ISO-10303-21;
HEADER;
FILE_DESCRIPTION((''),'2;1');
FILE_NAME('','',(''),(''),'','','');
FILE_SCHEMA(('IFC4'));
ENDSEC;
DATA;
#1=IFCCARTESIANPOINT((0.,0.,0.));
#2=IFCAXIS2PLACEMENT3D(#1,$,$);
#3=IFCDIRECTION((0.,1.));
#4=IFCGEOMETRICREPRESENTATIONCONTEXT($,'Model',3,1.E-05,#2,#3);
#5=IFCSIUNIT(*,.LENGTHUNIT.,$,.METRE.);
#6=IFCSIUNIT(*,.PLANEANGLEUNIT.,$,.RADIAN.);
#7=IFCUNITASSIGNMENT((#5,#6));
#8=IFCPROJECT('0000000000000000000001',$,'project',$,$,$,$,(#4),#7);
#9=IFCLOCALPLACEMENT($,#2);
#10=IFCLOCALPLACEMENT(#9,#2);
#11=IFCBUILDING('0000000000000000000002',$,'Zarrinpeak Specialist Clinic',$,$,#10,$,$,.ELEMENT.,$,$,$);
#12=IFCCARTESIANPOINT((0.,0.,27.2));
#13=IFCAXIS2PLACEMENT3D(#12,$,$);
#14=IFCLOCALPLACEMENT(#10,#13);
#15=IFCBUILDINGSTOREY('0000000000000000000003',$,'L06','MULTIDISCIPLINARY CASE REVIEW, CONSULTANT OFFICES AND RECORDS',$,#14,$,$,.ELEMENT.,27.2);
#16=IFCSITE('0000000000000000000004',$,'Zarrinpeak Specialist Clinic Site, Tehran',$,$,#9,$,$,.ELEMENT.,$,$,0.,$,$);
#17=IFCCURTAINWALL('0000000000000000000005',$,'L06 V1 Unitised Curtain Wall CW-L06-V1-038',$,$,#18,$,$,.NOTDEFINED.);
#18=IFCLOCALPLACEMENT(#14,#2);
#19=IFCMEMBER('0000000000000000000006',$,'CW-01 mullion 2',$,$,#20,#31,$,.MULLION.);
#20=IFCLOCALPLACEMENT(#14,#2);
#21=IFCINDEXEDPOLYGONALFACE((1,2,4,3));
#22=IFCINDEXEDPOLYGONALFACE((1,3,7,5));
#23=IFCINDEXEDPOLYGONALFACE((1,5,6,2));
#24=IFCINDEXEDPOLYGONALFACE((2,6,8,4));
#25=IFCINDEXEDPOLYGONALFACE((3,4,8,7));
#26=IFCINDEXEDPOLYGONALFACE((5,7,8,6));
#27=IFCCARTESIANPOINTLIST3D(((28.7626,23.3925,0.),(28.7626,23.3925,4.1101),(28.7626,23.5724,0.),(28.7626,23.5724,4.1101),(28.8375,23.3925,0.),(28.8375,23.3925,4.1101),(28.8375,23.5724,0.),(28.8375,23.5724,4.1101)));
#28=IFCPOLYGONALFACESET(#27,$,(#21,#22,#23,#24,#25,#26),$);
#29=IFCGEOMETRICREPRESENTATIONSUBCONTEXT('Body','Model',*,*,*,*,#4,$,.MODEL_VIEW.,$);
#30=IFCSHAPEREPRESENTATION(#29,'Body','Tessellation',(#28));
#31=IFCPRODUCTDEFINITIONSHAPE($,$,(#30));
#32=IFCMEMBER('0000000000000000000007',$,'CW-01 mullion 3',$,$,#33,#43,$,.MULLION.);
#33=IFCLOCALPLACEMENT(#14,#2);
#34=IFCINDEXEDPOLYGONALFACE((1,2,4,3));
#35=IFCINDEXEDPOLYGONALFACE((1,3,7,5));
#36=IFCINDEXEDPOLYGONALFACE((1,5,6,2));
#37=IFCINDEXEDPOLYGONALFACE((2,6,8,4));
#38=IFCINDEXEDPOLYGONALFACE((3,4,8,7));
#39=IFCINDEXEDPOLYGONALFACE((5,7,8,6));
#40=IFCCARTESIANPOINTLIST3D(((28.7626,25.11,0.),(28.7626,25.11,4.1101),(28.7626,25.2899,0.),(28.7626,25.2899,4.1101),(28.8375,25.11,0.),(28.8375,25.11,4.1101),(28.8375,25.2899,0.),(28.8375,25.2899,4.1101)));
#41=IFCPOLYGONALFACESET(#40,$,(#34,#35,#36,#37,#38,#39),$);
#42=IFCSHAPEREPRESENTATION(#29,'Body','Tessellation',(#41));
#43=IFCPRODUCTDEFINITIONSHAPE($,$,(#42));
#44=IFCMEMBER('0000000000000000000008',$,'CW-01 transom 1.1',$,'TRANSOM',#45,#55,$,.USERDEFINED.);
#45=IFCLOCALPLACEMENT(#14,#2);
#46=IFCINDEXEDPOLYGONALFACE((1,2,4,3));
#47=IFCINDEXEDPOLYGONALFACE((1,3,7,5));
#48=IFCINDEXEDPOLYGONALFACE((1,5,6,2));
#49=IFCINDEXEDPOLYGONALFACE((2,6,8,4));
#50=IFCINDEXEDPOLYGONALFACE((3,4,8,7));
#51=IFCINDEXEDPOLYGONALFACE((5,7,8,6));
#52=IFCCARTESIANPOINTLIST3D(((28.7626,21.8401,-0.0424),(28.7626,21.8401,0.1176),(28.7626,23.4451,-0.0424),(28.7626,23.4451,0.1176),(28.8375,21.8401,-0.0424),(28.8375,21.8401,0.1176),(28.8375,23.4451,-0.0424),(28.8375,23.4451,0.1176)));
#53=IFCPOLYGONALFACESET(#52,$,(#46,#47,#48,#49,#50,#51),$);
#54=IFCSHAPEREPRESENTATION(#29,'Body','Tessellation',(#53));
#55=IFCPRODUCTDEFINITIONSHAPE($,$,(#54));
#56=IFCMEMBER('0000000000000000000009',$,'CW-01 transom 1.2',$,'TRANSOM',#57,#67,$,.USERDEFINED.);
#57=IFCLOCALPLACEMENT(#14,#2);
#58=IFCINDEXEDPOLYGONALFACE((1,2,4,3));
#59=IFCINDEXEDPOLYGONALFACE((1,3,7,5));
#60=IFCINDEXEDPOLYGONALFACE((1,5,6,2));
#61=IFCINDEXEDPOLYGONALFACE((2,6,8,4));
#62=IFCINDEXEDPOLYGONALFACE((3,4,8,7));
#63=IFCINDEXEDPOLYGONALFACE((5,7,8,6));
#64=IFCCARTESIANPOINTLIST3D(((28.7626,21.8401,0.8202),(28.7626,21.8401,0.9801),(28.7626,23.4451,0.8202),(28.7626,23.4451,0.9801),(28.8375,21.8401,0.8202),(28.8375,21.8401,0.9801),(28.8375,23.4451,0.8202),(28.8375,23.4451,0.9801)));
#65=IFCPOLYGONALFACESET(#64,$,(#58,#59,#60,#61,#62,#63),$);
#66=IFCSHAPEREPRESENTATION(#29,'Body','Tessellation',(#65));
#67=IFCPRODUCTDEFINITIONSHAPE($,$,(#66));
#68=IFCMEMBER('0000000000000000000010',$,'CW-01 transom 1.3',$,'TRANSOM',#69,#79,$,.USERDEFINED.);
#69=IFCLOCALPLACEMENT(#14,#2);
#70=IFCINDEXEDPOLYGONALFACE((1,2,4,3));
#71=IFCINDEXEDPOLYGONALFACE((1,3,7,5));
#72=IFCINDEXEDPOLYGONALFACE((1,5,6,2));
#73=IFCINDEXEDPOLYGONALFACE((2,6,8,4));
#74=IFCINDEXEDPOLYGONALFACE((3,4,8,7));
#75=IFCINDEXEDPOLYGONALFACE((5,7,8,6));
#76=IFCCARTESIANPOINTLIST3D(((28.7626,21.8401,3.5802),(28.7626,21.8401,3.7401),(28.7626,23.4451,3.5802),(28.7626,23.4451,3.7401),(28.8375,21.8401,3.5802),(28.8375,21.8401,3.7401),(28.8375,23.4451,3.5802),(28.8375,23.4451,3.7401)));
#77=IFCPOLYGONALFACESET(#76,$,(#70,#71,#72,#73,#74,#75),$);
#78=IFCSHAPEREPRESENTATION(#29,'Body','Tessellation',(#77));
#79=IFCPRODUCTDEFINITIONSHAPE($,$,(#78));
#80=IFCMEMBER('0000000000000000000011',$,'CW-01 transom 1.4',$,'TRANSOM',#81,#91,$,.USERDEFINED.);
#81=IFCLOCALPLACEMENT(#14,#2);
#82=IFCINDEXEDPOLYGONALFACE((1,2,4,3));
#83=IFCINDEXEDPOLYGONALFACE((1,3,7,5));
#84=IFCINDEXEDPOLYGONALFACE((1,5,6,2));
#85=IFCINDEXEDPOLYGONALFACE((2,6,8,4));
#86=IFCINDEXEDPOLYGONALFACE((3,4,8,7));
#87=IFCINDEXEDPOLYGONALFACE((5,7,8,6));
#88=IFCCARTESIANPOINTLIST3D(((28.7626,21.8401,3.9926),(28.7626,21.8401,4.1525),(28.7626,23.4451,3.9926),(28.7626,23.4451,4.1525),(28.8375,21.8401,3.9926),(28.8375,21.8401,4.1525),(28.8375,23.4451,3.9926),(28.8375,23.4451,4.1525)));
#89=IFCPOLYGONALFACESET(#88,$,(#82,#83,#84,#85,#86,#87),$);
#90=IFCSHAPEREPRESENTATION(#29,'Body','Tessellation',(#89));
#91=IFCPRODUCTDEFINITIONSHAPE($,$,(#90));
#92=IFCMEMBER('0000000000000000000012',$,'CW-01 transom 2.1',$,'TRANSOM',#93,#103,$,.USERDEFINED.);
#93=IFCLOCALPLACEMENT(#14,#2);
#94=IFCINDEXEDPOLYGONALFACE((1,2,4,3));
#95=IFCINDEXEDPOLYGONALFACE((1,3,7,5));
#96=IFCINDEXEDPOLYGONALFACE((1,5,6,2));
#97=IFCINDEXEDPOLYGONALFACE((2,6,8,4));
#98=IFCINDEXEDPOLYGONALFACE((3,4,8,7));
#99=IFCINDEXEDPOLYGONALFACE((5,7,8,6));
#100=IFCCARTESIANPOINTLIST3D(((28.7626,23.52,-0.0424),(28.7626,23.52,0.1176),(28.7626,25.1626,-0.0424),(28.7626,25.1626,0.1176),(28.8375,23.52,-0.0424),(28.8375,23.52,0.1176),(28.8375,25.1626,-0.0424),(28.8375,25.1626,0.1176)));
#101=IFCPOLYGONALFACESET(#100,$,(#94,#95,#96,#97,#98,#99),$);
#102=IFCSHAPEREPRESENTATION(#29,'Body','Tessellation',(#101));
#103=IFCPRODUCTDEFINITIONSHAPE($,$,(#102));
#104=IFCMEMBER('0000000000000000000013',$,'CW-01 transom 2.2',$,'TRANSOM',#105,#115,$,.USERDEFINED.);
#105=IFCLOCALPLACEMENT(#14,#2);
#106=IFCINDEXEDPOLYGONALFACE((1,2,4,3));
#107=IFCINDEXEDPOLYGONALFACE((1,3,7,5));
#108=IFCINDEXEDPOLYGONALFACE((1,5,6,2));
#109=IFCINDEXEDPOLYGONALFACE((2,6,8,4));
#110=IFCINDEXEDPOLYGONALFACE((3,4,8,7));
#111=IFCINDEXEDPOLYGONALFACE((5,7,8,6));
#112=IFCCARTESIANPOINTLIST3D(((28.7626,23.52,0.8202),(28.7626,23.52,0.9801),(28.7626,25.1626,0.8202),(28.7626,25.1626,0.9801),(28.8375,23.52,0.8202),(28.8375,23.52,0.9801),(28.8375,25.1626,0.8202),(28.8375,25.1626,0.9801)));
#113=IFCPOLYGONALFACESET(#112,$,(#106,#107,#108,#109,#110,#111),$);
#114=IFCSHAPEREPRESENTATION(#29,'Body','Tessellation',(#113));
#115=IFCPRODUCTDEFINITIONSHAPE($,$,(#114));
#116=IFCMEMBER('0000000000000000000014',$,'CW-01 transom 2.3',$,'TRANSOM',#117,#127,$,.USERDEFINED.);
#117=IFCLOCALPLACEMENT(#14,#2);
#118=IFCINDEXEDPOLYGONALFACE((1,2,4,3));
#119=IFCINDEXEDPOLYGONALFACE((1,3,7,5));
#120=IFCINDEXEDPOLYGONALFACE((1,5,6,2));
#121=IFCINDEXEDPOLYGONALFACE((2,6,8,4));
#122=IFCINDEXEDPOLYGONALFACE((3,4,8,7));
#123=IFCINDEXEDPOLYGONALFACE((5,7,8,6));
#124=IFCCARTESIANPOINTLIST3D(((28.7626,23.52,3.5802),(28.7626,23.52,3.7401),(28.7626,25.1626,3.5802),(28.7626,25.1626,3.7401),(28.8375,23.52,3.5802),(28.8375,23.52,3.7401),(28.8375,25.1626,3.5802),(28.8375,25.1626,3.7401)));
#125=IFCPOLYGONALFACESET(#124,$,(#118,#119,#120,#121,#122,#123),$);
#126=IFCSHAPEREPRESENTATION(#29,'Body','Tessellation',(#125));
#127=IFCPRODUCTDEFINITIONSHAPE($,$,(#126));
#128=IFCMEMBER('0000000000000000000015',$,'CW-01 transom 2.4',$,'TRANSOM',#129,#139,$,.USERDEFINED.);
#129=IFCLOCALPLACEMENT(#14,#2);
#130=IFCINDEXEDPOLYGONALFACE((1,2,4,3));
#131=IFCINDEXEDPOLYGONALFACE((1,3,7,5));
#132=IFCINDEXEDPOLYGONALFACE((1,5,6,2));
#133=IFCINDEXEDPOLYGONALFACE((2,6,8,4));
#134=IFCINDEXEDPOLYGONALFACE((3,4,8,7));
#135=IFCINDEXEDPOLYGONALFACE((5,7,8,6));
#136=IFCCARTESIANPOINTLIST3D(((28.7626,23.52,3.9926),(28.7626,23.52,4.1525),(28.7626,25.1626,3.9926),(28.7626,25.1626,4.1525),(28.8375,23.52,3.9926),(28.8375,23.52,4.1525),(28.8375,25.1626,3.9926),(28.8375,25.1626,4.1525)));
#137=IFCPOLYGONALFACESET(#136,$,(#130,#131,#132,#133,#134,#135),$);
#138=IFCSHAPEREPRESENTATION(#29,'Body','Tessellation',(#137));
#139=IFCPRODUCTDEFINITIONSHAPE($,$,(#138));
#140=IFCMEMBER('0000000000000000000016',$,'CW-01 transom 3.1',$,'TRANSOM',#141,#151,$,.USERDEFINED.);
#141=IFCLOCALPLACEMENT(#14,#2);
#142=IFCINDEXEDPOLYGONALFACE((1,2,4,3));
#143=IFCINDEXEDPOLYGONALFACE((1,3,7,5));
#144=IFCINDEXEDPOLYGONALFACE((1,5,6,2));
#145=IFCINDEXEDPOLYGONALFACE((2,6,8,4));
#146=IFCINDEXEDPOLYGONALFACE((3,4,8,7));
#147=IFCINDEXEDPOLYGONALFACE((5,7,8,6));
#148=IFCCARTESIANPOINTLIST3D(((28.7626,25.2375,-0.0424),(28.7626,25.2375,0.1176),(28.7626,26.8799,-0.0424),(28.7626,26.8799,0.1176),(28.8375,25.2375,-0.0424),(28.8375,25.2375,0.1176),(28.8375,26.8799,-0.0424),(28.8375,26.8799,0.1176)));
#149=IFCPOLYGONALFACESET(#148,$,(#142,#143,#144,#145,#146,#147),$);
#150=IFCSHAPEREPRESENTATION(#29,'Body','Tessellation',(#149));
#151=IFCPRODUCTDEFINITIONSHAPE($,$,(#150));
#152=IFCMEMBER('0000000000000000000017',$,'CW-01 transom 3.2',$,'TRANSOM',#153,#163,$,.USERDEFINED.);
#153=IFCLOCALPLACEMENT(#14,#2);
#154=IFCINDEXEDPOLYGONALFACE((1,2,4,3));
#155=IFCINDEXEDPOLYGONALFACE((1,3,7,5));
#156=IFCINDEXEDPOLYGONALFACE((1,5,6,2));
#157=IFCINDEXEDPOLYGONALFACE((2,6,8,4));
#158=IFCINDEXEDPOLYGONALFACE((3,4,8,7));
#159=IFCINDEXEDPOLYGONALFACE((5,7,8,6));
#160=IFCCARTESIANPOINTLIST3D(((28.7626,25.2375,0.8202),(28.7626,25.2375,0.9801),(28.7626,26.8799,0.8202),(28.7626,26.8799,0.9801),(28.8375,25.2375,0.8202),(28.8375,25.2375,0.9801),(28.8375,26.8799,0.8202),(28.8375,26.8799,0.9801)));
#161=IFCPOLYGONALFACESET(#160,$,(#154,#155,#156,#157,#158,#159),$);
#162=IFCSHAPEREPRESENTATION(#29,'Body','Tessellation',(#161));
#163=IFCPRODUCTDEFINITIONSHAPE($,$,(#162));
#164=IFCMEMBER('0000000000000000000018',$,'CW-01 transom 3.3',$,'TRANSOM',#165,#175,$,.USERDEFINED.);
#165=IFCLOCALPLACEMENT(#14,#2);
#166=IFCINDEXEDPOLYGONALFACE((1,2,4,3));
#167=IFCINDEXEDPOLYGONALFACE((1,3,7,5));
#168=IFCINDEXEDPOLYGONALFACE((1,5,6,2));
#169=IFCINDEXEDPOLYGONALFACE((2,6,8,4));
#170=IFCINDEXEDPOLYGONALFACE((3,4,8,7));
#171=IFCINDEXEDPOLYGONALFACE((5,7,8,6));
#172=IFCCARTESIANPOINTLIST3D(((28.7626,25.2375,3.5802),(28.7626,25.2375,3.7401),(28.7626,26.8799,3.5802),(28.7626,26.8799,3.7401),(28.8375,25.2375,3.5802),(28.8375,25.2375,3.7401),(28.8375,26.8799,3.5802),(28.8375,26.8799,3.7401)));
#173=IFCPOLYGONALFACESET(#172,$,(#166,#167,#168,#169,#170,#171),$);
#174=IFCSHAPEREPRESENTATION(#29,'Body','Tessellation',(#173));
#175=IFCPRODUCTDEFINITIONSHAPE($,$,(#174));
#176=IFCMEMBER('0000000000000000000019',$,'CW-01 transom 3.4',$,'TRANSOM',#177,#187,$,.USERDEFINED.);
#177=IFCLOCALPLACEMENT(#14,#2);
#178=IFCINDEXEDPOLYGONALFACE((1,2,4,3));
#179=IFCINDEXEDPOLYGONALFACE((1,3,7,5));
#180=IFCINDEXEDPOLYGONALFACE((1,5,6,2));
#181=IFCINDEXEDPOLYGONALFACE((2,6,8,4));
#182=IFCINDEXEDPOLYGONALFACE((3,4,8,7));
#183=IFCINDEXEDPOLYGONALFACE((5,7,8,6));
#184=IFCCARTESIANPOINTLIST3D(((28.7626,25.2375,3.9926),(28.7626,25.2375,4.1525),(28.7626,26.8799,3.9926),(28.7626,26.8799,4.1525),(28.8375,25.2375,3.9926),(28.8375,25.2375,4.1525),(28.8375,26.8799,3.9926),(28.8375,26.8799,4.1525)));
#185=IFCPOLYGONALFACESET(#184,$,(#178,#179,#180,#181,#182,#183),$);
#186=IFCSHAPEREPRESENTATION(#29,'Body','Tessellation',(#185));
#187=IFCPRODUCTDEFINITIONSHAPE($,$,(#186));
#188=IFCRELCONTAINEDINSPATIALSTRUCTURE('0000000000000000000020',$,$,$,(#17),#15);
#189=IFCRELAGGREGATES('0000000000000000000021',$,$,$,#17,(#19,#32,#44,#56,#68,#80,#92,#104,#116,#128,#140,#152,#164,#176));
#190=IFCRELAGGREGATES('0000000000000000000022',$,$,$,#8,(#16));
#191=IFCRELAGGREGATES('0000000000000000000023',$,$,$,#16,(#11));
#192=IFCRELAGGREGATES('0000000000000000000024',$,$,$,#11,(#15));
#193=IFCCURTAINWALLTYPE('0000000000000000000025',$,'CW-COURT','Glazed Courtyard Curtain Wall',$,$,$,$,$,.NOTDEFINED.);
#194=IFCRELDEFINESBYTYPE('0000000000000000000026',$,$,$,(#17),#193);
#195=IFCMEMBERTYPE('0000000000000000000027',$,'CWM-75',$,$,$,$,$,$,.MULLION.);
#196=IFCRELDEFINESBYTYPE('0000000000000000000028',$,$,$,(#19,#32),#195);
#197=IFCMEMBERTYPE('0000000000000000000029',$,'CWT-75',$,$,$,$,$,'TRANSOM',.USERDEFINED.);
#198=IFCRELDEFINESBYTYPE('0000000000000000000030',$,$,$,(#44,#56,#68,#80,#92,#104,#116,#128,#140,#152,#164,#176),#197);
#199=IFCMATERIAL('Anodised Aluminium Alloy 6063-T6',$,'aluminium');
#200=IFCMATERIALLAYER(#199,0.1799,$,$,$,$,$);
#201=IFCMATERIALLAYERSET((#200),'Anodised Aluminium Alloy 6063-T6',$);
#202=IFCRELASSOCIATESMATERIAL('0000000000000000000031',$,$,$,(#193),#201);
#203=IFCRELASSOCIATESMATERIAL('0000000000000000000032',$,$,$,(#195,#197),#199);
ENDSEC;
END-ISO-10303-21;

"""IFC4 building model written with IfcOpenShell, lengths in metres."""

from ifc_helpers import new_model, si_unit, direction, frame, origin, origin_2d, place, context, subcontext, project, spatial, rectangle, extrude, material, layer, layer_set, material_profile, profile_set, type_object, element, aggregate, save


model = new_model("IFC4")

# Units and contexts
model_context = context("Model", 3, precision=1e-05, world=origin(), true_north=direction((0.0, 1.0)))
body_context = subcontext(model_context, "Body", "Model", "MODEL_VIEW")
ifc_project = project(units=[si_unit("LENGTHUNIT", "METRE"), si_unit("PLANEANGLEUNIT", "RADIAN")], contexts=[model_context])

# Site, building, storey
site_placement = place(None, origin())
site = spatial("IfcSite", under=ifc_project, at=site_placement, Name="Zarrinpeak Specialist Clinic Site, Tehran", CompositionType="ELEMENT", RefElevation=0.0)
building_placement = place(site_placement, origin())
building = spatial("IfcBuilding", under=site, at=building_placement, Name="Zarrinpeak Specialist Clinic", CompositionType="ELEMENT")
storey_placement = place(building_placement, frame((0.0, 0.0, 27.2)))
storey = spatial("IfcBuildingStorey", under=building, at=storey_placement, Name="L06", Description="MULTIDISCIPLINARY CASE REVIEW, CONSULTANT OFFICES AND RECORDS", CompositionType="ELEMENT", Elevation=27.2)

# Curtain wall, members
ifc_material_1 = material(Name="Anodised Aluminium Alloy 6063-T6", Category="aluminium")
ifc_layer_1 = layer(ifc_material_1, 0.1799)
ifc_layer_set_1 = layer_set([ifc_layer_1], Name="Anodised Aluminium Alloy 6063-T6")
curtain_wall_type = type_object("IfcCurtainWallType", Name="CW-COURT", Description="Glazed Courtyard Curtain Wall", PredefinedType="NOTDEFINED", material=ifc_layer_set_1)
curtain_wall_placement = place(storey_placement, origin())
curtain_wall = element("IfcCurtainWall", 1, at=curtain_wall_placement, inside=storey, type_object=curtain_wall_type, Name="L06 V1 Unitised Curtain Wall CW-L06-V1-038", PredefinedType="NOTDEFINED")
ifc_material_profile_1 = material_profile(ifc_material_1, rectangle(XDim=0.075, YDim=0.1799, at=origin_2d()), Name="ALU 75x180")
ifc_profile_set_1 = profile_set([ifc_material_profile_1], Name="Anodised Aluminium Alloy 6063-T6")
member_type_1 = type_object("IfcMemberType", Name="CWM-75", PredefinedType="MULLION", material=ifc_profile_set_1)
member_1_placement = place(storey_placement, frame((28.8, 23.4824, 0.0), z_axis=(0.0, 0.0, 1.0), x_axis=(-1.0, 0.0, 0.0)))
member_1 = element("IfcMember", 2, at=member_1_placement, type_object=member_type_1, Name="CW-01 mullion 2", PredefinedType="MULLION", context=body_context, shape_type="SweptSolid", body=[
    extrude(rectangle(XDim=0.075, YDim=0.1799, at=origin_2d()), origin(), (0.0, 0.0, 1.0), 4.1101),
])
member_2_placement = place(storey_placement, frame((28.8, 25.2, 0.0), z_axis=(0.0, 0.0, 1.0), x_axis=(-1.0, 0.0, 0.0)))
member_2 = element("IfcMember", 3, at=member_2_placement, type_object=member_type_1, Name="CW-01 mullion 3", PredefinedType="MULLION", context=body_context, shape_type="SweptSolid", body=[
    extrude(rectangle(XDim=0.075, YDim=0.1799, at=origin_2d()), origin(), (0.0, 0.0, 1.0), 4.1101),
])
ifc_material_profile_2 = material_profile(ifc_material_1, rectangle(XDim=0.075, YDim=0.1599, at=origin_2d()), Name="ALU 75x160")
ifc_profile_set_2 = profile_set([ifc_material_profile_2], Name="Anodised Aluminium Alloy 6063-T6")
member_type_2 = type_object("IfcMemberType", Name="CWT-75", ElementType="TRANSOM", PredefinedType="USERDEFINED", material=ifc_profile_set_2)
member_3_placement = place(storey_placement, frame((28.8, 21.8401, 0.0376), z_axis=(0.0, 1.0, 0.0), x_axis=(-1.0, 0.0, 0.0)))
member_3 = element("IfcMember", 4, at=member_3_placement, type_object=member_type_2, Name="CW-01 transom 1.1", ObjectType="TRANSOM", PredefinedType="USERDEFINED", context=body_context, shape_type="SweptSolid", body=[
    extrude(rectangle(XDim=0.075, YDim=0.1599, at=origin_2d()), origin(), (0.0, 0.0, 1.0), 1.605),
])
member_4_placement = place(storey_placement, frame((28.8, 21.8401, 0.9001), z_axis=(0.0, 1.0, 0.0), x_axis=(-1.0, 0.0, 0.0)))
member_4 = element("IfcMember", 5, at=member_4_placement, type_object=member_type_2, Name="CW-01 transom 1.2", ObjectType="TRANSOM", PredefinedType="USERDEFINED", context=body_context, shape_type="SweptSolid", body=[
    extrude(rectangle(XDim=0.075, YDim=0.1599, at=origin_2d()), origin(), (0.0, 0.0, 1.0), 1.605),
])
member_5_placement = place(storey_placement, frame((28.8, 21.8401, 3.6602), z_axis=(0.0, 1.0, 0.0), x_axis=(-1.0, 0.0, 0.0)))
member_5 = element("IfcMember", 6, at=member_5_placement, type_object=member_type_2, Name="CW-01 transom 1.3", ObjectType="TRANSOM", PredefinedType="USERDEFINED", context=body_context, shape_type="SweptSolid", body=[
    extrude(rectangle(XDim=0.075, YDim=0.1599, at=origin_2d()), origin(), (0.0, 0.0, 1.0), 1.605),
])
member_6_placement = place(storey_placement, frame((28.8, 21.8401, 4.0725), z_axis=(0.0, 1.0, 0.0), x_axis=(-1.0, 0.0, 0.0)))
member_6 = element("IfcMember", 7, at=member_6_placement, type_object=member_type_2, Name="CW-01 transom 1.4", ObjectType="TRANSOM", PredefinedType="USERDEFINED", context=body_context, shape_type="SweptSolid", body=[
    extrude(rectangle(XDim=0.075, YDim=0.1599, at=origin_2d()), origin(), (0.0, 0.0, 1.0), 1.605),
])
member_7_placement = place(storey_placement, frame((28.8, 23.52, 0.0376), z_axis=(0.0, 1.0, 0.0), x_axis=(-1.0, 0.0, 0.0)))
member_7 = element("IfcMember", 8, at=member_7_placement, type_object=member_type_2, Name="CW-01 transom 2.1", ObjectType="TRANSOM", PredefinedType="USERDEFINED", context=body_context, shape_type="SweptSolid", body=[
    extrude(rectangle(XDim=0.075, YDim=0.1599, at=origin_2d()), origin(), (0.0, 0.0, 1.0), 1.6426),
])
member_8_placement = place(storey_placement, frame((28.8, 23.52, 0.9001), z_axis=(0.0, 1.0, 0.0), x_axis=(-1.0, 0.0, 0.0)))
member_8 = element("IfcMember", 9, at=member_8_placement, type_object=member_type_2, Name="CW-01 transom 2.2", ObjectType="TRANSOM", PredefinedType="USERDEFINED", context=body_context, shape_type="SweptSolid", body=[
    extrude(rectangle(XDim=0.075, YDim=0.1599, at=origin_2d()), origin(), (0.0, 0.0, 1.0), 1.6426),
])
member_9_placement = place(storey_placement, frame((28.8, 23.52, 3.6602), z_axis=(0.0, 1.0, 0.0), x_axis=(-1.0, 0.0, 0.0)))
member_9 = element("IfcMember", 10, at=member_9_placement, type_object=member_type_2, Name="CW-01 transom 2.3", ObjectType="TRANSOM", PredefinedType="USERDEFINED", context=body_context, shape_type="SweptSolid", body=[
    extrude(rectangle(XDim=0.075, YDim=0.1599, at=origin_2d()), origin(), (0.0, 0.0, 1.0), 1.6426),
])
member_10_placement = place(storey_placement, frame((28.8, 23.52, 4.0725), z_axis=(0.0, 1.0, 0.0), x_axis=(-1.0, 0.0, 0.0)))
member_10 = element("IfcMember", 11, at=member_10_placement, type_object=member_type_2, Name="CW-01 transom 2.4", ObjectType="TRANSOM", PredefinedType="USERDEFINED", context=body_context, shape_type="SweptSolid", body=[
    extrude(rectangle(XDim=0.075, YDim=0.1599, at=origin_2d()), origin(), (0.0, 0.0, 1.0), 1.6426),
])
member_11_placement = place(storey_placement, frame((28.8, 25.2375, 0.0376), z_axis=(0.0, 1.0, 0.0), x_axis=(-1.0, 0.0, 0.0)))
member_11 = element("IfcMember", 12, at=member_11_placement, type_object=member_type_2, Name="CW-01 transom 3.1", ObjectType="TRANSOM", PredefinedType="USERDEFINED", context=body_context, shape_type="SweptSolid", body=[
    extrude(rectangle(XDim=0.075, YDim=0.1599, at=origin_2d()), origin(), (0.0, 0.0, 1.0), 1.6423),
])
member_12_placement = place(storey_placement, frame((28.8, 25.2375, 0.9001), z_axis=(0.0, 1.0, 0.0), x_axis=(-1.0, 0.0, 0.0)))
member_12 = element("IfcMember", 13, at=member_12_placement, type_object=member_type_2, Name="CW-01 transom 3.2", ObjectType="TRANSOM", PredefinedType="USERDEFINED", context=body_context, shape_type="SweptSolid", body=[
    extrude(rectangle(XDim=0.075, YDim=0.1599, at=origin_2d()), origin(), (0.0, 0.0, 1.0), 1.6423),
])
member_13_placement = place(storey_placement, frame((28.8, 25.2375, 3.6602), z_axis=(0.0, 1.0, 0.0), x_axis=(-1.0, 0.0, 0.0)))
member_13 = element("IfcMember", 14, at=member_13_placement, type_object=member_type_2, Name="CW-01 transom 3.3", ObjectType="TRANSOM", PredefinedType="USERDEFINED", context=body_context, shape_type="SweptSolid", body=[
    extrude(rectangle(XDim=0.075, YDim=0.1599, at=origin_2d()), origin(), (0.0, 0.0, 1.0), 1.6423),
])
member_14_placement = place(storey_placement, frame((28.8, 25.2375, 4.0725), z_axis=(0.0, 1.0, 0.0), x_axis=(-1.0, 0.0, 0.0)))
member_14 = element("IfcMember", 15, at=member_14_placement, type_object=member_type_2, Name="CW-01 transom 3.4", ObjectType="TRANSOM", PredefinedType="USERDEFINED", context=body_context, shape_type="SweptSolid", body=[
    extrude(rectangle(XDim=0.075, YDim=0.1599, at=origin_2d()), origin(), (0.0, 0.0, 1.0), 1.6423),
])
aggregate(curtain_wall, [member_1, member_2, member_3, member_4, member_5, member_6, member_7, member_8, member_9, member_10, member_11, member_12, member_13, member_14])

save(model, "model.ifc")
